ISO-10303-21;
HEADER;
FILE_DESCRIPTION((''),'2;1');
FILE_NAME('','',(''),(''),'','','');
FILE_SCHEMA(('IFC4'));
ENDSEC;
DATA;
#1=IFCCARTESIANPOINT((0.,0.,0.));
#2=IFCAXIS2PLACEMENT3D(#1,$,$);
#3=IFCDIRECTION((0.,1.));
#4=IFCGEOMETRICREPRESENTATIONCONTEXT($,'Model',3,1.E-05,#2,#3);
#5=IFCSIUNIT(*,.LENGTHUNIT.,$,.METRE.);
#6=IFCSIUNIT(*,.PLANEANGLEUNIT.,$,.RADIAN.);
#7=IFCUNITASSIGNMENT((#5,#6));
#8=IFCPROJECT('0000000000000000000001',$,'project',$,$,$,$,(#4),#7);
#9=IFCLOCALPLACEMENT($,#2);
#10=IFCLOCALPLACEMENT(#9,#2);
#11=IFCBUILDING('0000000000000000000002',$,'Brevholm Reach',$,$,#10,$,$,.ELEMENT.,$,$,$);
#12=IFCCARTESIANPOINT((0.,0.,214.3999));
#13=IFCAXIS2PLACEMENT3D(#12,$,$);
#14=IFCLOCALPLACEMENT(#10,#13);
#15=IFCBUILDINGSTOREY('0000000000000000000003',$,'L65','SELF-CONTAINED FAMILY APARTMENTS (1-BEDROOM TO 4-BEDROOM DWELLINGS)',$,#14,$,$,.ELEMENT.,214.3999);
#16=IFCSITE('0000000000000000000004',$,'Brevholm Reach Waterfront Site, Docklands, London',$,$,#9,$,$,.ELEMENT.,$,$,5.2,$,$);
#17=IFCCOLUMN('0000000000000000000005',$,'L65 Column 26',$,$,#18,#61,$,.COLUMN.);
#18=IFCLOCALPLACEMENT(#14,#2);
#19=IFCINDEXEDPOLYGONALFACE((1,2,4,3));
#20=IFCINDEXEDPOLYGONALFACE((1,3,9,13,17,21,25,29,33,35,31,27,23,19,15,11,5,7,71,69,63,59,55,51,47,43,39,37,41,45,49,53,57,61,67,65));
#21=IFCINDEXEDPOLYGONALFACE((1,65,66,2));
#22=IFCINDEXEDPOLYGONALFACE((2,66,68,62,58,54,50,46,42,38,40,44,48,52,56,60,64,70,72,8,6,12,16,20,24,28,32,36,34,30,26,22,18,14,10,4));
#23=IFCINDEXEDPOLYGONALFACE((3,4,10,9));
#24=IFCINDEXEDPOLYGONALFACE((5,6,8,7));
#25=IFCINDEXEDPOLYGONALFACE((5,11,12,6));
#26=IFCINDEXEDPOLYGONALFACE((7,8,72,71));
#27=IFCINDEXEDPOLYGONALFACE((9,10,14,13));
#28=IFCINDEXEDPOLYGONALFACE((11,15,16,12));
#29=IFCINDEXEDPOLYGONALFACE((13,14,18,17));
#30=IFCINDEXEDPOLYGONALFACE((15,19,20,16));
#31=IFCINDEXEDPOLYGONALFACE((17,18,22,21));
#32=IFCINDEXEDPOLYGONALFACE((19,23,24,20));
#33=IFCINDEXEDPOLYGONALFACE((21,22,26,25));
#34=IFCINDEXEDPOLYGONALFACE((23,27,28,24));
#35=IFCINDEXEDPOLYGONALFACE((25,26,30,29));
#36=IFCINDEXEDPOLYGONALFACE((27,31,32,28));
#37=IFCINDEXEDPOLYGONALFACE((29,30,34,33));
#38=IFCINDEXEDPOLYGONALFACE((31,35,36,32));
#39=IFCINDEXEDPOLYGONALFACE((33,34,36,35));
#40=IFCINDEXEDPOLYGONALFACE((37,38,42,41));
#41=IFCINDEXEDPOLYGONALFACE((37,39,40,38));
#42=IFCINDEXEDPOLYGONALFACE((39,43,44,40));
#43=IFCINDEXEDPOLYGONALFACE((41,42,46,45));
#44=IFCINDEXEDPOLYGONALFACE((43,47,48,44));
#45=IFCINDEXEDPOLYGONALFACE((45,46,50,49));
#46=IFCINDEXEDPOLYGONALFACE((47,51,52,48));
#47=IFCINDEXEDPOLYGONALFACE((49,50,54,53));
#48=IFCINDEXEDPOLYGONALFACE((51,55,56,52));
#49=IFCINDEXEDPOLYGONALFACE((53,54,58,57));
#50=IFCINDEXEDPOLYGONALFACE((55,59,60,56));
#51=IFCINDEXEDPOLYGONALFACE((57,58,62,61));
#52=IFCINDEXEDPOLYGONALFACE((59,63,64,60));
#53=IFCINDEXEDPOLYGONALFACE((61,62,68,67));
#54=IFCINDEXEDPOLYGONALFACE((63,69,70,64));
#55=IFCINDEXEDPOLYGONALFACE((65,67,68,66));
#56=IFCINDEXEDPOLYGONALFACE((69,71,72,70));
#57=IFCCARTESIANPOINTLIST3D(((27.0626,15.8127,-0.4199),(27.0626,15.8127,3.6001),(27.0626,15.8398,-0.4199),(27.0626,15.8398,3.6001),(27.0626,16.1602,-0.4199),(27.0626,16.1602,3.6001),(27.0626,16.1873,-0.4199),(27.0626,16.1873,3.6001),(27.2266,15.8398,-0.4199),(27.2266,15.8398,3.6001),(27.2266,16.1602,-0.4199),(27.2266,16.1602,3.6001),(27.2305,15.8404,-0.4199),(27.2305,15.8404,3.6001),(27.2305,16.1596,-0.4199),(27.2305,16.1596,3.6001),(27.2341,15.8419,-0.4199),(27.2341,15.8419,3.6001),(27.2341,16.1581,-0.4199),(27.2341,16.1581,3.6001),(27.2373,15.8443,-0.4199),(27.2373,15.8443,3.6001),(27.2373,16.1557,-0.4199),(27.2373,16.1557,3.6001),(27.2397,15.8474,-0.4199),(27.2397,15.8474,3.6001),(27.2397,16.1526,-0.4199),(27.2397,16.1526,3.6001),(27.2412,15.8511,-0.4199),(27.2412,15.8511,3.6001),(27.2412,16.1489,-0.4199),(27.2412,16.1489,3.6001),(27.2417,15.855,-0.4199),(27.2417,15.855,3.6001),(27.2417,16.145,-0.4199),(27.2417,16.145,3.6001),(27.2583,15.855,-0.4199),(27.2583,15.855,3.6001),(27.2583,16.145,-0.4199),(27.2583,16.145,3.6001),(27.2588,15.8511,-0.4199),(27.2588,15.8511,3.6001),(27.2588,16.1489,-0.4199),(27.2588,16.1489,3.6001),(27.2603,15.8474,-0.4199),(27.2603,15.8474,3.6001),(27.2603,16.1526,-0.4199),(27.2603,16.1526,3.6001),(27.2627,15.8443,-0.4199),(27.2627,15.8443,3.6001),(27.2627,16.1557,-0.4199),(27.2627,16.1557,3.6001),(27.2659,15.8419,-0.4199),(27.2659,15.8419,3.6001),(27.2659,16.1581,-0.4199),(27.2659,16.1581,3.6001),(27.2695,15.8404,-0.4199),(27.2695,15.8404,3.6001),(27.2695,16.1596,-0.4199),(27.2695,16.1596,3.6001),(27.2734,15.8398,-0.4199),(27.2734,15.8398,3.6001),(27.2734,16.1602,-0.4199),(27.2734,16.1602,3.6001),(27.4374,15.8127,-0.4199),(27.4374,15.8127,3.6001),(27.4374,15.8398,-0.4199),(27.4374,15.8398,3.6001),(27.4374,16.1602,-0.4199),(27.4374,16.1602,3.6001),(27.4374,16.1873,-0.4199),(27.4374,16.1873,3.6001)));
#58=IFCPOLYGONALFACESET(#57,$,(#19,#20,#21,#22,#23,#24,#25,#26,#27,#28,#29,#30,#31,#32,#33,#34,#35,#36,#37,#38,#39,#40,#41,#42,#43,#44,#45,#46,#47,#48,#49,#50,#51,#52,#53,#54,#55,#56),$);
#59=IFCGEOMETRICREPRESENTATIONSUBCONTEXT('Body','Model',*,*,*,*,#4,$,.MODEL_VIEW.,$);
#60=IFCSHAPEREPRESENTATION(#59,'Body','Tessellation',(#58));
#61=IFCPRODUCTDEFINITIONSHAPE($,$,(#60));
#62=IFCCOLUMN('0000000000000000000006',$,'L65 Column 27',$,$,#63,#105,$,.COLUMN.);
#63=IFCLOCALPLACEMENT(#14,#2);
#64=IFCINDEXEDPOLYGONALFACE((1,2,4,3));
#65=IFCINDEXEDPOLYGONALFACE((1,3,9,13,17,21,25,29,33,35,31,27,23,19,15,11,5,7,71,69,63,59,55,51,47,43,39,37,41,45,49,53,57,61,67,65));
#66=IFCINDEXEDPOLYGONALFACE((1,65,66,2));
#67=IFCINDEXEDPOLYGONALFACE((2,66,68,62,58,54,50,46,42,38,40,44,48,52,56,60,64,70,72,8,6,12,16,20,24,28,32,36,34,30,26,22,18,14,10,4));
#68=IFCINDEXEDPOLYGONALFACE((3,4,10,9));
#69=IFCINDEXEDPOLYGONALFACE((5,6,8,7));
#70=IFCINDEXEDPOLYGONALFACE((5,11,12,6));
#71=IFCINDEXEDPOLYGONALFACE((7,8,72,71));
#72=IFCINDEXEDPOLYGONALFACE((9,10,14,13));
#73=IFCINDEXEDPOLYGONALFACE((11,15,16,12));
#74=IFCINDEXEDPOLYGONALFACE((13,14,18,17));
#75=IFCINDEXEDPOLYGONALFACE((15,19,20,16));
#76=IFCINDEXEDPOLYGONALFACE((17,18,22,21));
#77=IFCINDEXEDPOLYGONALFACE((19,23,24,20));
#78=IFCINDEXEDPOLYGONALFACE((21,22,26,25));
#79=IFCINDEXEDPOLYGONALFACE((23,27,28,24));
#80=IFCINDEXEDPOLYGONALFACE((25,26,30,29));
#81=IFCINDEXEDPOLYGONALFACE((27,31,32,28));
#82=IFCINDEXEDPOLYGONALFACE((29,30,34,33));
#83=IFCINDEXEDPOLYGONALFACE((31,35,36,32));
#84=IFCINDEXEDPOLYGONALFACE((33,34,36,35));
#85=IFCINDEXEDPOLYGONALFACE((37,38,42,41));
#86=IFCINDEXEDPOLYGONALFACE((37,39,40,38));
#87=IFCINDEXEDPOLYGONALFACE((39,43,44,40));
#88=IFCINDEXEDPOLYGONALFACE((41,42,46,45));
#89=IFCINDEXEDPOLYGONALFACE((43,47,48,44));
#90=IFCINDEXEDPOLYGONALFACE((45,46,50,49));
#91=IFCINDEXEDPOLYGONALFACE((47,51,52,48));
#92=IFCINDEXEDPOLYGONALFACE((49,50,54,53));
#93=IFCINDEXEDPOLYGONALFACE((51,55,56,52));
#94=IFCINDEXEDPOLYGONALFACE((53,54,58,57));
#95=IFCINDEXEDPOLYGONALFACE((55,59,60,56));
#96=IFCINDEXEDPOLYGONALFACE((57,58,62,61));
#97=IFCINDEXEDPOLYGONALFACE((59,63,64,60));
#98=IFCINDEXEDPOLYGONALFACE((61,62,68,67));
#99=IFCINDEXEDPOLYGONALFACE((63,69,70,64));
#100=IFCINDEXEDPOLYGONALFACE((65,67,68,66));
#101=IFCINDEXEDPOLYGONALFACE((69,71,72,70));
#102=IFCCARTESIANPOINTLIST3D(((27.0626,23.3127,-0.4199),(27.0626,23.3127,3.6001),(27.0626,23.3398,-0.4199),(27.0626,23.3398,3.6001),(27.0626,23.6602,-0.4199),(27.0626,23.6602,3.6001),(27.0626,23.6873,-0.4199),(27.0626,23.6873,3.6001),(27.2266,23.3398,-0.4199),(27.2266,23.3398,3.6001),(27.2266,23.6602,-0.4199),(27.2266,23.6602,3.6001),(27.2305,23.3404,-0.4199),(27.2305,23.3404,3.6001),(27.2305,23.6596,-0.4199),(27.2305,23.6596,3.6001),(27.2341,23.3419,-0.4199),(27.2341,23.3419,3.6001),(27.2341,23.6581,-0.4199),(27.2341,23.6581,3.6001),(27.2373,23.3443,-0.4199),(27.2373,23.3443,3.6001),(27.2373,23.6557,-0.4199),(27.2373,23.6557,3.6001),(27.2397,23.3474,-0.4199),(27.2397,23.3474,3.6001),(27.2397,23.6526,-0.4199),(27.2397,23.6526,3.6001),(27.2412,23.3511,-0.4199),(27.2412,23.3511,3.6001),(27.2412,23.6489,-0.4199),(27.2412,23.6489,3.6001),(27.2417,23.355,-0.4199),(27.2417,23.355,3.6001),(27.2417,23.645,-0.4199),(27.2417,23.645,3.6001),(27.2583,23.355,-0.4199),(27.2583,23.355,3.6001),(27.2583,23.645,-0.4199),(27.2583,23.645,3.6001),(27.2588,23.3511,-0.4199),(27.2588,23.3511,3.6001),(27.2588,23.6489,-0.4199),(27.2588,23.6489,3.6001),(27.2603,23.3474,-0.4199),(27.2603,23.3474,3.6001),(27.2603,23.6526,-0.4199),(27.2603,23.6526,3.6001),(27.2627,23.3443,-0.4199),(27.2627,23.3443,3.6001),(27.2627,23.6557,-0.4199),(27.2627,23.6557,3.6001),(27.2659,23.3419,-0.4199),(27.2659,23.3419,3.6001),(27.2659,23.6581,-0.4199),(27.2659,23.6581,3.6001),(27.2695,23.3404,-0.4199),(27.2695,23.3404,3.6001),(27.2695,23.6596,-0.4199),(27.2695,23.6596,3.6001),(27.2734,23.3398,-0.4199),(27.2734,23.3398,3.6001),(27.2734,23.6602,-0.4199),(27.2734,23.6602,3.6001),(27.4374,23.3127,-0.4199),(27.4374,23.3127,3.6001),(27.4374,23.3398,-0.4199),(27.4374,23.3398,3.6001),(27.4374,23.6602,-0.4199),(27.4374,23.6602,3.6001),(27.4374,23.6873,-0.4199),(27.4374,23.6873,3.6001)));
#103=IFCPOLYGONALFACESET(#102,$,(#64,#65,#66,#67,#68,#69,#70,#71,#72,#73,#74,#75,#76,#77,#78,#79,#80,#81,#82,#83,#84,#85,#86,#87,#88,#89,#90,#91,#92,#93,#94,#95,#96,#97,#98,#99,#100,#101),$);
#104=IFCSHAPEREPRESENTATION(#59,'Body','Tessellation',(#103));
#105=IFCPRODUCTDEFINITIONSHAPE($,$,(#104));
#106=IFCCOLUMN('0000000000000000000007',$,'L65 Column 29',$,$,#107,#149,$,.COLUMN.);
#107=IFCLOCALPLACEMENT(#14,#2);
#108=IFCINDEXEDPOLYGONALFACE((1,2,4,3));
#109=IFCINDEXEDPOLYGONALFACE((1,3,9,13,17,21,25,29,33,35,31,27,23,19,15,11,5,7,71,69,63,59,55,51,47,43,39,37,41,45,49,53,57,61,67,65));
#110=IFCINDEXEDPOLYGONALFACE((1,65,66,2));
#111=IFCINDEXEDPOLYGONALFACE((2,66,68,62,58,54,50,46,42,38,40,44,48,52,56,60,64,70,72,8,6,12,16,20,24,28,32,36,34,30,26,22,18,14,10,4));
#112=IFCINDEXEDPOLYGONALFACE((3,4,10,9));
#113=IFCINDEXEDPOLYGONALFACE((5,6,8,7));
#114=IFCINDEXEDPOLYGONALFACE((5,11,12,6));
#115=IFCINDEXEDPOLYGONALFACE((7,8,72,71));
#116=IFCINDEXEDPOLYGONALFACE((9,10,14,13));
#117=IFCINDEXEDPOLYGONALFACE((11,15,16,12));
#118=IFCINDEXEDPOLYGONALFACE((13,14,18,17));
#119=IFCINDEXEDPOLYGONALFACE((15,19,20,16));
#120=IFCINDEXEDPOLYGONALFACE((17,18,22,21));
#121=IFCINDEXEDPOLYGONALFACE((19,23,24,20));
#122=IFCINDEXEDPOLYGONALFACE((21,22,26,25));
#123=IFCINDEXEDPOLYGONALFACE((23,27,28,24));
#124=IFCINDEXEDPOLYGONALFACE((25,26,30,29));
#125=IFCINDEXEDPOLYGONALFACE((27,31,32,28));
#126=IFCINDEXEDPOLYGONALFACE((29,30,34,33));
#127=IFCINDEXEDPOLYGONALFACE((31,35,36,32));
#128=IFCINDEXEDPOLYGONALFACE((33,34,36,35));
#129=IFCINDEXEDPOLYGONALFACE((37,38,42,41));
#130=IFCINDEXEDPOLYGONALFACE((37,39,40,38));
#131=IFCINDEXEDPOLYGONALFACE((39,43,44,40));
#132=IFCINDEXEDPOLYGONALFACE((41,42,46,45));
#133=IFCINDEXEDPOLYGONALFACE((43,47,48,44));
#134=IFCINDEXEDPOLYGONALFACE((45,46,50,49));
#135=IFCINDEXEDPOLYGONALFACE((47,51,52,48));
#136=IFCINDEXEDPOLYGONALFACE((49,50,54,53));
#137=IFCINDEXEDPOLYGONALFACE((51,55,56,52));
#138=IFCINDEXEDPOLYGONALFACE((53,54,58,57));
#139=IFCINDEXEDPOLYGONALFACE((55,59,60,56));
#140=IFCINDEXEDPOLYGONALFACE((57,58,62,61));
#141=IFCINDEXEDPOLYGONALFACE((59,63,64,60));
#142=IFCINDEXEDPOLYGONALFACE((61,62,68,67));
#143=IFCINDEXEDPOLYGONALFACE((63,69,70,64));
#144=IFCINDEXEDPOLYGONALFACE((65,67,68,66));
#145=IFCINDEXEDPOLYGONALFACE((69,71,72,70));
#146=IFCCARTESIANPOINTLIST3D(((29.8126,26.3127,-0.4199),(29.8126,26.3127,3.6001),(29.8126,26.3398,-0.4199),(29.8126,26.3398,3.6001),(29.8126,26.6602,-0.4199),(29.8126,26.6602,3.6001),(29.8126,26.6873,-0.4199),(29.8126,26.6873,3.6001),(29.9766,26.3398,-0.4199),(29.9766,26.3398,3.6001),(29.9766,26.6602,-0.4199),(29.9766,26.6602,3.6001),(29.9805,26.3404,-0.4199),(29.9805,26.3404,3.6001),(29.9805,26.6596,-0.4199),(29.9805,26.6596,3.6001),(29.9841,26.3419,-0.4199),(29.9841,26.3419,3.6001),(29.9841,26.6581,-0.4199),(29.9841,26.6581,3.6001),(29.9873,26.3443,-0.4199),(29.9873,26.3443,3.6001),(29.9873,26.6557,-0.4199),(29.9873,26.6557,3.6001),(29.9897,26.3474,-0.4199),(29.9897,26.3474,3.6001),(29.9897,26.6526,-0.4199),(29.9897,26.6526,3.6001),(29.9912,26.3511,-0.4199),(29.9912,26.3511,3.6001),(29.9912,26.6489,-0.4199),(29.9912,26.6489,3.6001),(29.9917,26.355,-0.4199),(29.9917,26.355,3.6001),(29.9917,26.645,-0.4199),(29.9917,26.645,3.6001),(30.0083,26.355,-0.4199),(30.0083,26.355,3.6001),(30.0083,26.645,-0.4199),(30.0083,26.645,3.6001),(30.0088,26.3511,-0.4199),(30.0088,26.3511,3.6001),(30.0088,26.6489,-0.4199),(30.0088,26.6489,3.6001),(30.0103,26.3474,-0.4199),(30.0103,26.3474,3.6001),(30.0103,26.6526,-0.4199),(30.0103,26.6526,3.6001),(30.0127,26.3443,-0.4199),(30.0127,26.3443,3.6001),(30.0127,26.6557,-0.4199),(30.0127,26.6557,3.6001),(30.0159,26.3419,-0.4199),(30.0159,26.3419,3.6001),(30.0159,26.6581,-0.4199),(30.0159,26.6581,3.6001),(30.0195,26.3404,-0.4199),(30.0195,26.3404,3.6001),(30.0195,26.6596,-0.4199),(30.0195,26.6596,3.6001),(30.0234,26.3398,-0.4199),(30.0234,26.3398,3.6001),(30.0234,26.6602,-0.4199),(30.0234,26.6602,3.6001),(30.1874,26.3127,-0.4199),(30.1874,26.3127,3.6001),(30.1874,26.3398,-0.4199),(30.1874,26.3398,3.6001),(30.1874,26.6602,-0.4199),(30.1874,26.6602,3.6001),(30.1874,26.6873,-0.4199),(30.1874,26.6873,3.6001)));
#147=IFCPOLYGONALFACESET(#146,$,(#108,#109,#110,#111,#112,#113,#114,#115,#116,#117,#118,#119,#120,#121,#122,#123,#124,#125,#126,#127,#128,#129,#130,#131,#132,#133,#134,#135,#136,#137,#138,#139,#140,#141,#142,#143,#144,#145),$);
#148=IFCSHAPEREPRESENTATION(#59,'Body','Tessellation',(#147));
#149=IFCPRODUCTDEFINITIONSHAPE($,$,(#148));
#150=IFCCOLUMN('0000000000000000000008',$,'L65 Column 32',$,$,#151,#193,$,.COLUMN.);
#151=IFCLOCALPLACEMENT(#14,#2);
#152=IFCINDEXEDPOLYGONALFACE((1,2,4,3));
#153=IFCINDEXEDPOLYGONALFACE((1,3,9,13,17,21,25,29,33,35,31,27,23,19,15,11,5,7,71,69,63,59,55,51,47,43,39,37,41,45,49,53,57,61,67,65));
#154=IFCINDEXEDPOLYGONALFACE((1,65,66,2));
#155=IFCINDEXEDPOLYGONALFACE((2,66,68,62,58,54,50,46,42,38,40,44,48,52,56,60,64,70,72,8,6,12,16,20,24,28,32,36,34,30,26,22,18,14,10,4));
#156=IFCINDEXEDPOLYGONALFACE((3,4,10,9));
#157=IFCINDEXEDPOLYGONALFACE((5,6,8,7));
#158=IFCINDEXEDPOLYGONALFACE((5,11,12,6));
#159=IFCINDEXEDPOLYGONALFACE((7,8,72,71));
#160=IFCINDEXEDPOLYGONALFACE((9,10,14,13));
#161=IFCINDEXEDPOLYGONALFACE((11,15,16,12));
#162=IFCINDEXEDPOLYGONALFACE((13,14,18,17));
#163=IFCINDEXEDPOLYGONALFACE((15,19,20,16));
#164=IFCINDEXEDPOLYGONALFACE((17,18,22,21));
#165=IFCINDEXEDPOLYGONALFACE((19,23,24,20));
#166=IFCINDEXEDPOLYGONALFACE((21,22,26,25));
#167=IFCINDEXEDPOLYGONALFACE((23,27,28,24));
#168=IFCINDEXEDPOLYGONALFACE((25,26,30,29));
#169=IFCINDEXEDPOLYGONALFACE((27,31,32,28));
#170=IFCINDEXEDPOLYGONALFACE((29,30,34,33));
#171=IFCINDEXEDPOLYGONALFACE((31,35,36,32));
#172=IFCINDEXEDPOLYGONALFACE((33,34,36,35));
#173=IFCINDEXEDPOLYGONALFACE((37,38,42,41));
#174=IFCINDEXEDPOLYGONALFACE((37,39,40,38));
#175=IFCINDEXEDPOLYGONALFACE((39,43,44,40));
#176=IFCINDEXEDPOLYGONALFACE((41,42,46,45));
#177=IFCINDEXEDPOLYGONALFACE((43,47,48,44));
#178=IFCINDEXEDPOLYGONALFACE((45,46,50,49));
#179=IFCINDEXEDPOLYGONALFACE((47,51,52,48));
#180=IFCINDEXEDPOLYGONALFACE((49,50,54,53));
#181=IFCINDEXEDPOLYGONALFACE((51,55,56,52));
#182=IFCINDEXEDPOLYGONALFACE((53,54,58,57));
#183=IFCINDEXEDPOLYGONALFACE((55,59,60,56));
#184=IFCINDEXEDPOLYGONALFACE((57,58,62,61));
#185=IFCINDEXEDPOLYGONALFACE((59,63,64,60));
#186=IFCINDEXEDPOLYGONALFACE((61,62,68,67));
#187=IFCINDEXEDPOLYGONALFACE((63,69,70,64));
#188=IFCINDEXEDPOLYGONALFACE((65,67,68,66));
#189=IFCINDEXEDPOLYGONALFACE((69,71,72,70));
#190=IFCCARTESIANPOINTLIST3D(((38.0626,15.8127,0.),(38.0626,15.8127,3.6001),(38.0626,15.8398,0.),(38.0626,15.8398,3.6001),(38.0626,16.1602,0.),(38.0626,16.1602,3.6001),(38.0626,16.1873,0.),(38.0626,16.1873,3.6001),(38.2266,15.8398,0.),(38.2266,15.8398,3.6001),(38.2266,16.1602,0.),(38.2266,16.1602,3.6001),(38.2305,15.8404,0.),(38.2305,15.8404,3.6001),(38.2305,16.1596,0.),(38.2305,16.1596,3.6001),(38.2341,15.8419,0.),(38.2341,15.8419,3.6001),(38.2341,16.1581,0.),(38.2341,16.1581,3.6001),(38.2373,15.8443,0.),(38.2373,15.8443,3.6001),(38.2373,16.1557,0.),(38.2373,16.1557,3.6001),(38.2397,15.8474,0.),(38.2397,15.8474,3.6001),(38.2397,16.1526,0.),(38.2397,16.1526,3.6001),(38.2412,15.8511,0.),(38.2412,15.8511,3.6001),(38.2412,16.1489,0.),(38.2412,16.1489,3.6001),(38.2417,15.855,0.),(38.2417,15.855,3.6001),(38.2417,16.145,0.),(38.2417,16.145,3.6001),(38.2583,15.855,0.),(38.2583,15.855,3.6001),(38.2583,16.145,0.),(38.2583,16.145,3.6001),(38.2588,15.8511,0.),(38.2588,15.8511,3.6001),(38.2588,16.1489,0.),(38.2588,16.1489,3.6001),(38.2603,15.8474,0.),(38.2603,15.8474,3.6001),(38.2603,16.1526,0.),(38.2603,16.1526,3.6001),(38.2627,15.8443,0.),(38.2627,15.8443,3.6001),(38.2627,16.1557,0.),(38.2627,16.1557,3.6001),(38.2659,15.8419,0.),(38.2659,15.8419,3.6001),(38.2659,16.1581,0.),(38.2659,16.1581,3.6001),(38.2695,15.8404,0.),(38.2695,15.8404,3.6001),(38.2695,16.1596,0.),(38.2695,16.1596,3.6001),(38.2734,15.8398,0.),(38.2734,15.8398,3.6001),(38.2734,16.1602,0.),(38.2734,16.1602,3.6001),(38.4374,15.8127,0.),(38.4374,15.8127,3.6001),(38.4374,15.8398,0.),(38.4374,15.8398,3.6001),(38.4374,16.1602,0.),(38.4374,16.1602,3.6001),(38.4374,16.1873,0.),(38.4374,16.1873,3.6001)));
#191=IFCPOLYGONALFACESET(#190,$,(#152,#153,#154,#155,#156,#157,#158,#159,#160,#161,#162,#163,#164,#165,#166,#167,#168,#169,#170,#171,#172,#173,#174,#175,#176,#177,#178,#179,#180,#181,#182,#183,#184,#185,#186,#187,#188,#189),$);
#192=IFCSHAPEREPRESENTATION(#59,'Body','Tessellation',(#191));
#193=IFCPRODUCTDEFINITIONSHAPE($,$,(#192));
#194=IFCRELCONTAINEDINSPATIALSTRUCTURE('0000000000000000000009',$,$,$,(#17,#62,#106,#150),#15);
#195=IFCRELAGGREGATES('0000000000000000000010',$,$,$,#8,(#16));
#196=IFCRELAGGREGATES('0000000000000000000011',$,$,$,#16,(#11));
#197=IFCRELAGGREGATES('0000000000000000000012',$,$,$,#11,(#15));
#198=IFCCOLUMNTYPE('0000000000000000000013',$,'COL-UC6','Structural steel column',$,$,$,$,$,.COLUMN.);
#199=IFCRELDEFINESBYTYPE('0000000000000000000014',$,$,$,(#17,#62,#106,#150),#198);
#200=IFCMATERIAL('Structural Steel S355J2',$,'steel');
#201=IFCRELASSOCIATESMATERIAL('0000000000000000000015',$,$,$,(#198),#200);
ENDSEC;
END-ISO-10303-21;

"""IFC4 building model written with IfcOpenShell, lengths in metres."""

from ifc_helpers import new_model, si_unit, direction, frame, origin, origin_2d, place, context, subcontext, project, spatial, i_section, extrude, material, material_profile, profile_set, type_object, element, save


model = new_model("IFC4")

# Units and contexts
model_context = context("Model", 3, precision=1e-05, world=origin(), true_north=direction((0.0, 1.0)))
body_context = subcontext(model_context, "Body", "Model", "MODEL_VIEW")
ifc_project = project(units=[si_unit("LENGTHUNIT", "METRE"), si_unit("PLANEANGLEUNIT", "RADIAN")], contexts=[model_context])

# Site, building, storey
site_placement = place(None, origin())
site = spatial("IfcSite", under=ifc_project, at=site_placement, Name="Brevholm Reach Waterfront Site, Docklands, London", CompositionType="ELEMENT", RefElevation=5.2)
building_placement = place(site_placement, origin())
building = spatial("IfcBuilding", under=site, at=building_placement, Name="Brevholm Reach", CompositionType="ELEMENT")
storey_placement = place(building_placement, frame((0.0, 0.0, 214.3999)))
storey = spatial("IfcBuildingStorey", under=building, at=storey_placement, Name="L65", Description="SELF-CONTAINED FAMILY APARTMENTS (1-BEDROOM TO 4-BEDROOM DWELLINGS)", CompositionType="ELEMENT", Elevation=214.3999)

# Columns
ifc_material_1 = material(Name="Structural Steel S355J2", Category="steel")
ifc_material_profile_1 = material_profile(ifc_material_1, i_section(OverallWidth=0.3748, OverallDepth=0.3745, WebThickness=0.0166, FlangeThickness=0.0271, FilletRadius=0.0151, at=origin_2d()), Name="UKC 356x368x202")
ifc_profile_set_1 = profile_set([ifc_material_profile_1], Name="Structural Steel S355J2")
column_type = type_object("IfcColumnType", Name="COL-UC6", Description="Structural steel column", PredefinedType="COLUMN", material=ifc_profile_set_1)
for number, where, z_axis, x_axis, name in (
    (1, (27.25, 16.0, -0.4199), (0.0, 0.0, 1.0), (1.0, 0.0, 0.0), "L65 Column 26"),
    (2, (27.25, 23.5, -0.4199), (0.0, 0.0, 1.0), (1.0, 0.0, 0.0), "L65 Column 27"),
    (3, (30.0, 26.5, -0.4199), (0.0, 0.0, 1.0), (1.0, 0.0, 0.0), "L65 Column 29"),
):
    element("IfcColumn", number, at=place(storey_placement, frame(where, z_axis=z_axis, x_axis=x_axis)), inside=storey, type_object=column_type, Name=name, PredefinedType="COLUMN", context=body_context, shape_type="SweptSolid", body=[
        extrude(i_section(OverallWidth=0.3748, OverallDepth=0.3745, WebThickness=0.0166, FlangeThickness=0.0271, FilletRadius=0.0151, at=origin_2d()), origin(), (0.0, 0.0, 1.0), 4.02),
    ])
column_placement = place(storey_placement, frame((38.25, 16.0, 0.0), z_axis=(0.0, 0.0, 1.0), x_axis=(1.0, 0.0, 0.0)))
element("IfcColumn", 4, at=column_placement, inside=storey, type_object=column_type, Name="L65 Column 32", PredefinedType="COLUMN", context=body_context, shape_type="SweptSolid", body=[
    extrude(i_section(OverallWidth=0.3748, OverallDepth=0.3745, WebThickness=0.0166, FlangeThickness=0.0271, FilletRadius=0.0151, at=origin_2d()), origin(), (0.0, 0.0, 1.0), 3.6001),
])

save(model, "model.ifc")
